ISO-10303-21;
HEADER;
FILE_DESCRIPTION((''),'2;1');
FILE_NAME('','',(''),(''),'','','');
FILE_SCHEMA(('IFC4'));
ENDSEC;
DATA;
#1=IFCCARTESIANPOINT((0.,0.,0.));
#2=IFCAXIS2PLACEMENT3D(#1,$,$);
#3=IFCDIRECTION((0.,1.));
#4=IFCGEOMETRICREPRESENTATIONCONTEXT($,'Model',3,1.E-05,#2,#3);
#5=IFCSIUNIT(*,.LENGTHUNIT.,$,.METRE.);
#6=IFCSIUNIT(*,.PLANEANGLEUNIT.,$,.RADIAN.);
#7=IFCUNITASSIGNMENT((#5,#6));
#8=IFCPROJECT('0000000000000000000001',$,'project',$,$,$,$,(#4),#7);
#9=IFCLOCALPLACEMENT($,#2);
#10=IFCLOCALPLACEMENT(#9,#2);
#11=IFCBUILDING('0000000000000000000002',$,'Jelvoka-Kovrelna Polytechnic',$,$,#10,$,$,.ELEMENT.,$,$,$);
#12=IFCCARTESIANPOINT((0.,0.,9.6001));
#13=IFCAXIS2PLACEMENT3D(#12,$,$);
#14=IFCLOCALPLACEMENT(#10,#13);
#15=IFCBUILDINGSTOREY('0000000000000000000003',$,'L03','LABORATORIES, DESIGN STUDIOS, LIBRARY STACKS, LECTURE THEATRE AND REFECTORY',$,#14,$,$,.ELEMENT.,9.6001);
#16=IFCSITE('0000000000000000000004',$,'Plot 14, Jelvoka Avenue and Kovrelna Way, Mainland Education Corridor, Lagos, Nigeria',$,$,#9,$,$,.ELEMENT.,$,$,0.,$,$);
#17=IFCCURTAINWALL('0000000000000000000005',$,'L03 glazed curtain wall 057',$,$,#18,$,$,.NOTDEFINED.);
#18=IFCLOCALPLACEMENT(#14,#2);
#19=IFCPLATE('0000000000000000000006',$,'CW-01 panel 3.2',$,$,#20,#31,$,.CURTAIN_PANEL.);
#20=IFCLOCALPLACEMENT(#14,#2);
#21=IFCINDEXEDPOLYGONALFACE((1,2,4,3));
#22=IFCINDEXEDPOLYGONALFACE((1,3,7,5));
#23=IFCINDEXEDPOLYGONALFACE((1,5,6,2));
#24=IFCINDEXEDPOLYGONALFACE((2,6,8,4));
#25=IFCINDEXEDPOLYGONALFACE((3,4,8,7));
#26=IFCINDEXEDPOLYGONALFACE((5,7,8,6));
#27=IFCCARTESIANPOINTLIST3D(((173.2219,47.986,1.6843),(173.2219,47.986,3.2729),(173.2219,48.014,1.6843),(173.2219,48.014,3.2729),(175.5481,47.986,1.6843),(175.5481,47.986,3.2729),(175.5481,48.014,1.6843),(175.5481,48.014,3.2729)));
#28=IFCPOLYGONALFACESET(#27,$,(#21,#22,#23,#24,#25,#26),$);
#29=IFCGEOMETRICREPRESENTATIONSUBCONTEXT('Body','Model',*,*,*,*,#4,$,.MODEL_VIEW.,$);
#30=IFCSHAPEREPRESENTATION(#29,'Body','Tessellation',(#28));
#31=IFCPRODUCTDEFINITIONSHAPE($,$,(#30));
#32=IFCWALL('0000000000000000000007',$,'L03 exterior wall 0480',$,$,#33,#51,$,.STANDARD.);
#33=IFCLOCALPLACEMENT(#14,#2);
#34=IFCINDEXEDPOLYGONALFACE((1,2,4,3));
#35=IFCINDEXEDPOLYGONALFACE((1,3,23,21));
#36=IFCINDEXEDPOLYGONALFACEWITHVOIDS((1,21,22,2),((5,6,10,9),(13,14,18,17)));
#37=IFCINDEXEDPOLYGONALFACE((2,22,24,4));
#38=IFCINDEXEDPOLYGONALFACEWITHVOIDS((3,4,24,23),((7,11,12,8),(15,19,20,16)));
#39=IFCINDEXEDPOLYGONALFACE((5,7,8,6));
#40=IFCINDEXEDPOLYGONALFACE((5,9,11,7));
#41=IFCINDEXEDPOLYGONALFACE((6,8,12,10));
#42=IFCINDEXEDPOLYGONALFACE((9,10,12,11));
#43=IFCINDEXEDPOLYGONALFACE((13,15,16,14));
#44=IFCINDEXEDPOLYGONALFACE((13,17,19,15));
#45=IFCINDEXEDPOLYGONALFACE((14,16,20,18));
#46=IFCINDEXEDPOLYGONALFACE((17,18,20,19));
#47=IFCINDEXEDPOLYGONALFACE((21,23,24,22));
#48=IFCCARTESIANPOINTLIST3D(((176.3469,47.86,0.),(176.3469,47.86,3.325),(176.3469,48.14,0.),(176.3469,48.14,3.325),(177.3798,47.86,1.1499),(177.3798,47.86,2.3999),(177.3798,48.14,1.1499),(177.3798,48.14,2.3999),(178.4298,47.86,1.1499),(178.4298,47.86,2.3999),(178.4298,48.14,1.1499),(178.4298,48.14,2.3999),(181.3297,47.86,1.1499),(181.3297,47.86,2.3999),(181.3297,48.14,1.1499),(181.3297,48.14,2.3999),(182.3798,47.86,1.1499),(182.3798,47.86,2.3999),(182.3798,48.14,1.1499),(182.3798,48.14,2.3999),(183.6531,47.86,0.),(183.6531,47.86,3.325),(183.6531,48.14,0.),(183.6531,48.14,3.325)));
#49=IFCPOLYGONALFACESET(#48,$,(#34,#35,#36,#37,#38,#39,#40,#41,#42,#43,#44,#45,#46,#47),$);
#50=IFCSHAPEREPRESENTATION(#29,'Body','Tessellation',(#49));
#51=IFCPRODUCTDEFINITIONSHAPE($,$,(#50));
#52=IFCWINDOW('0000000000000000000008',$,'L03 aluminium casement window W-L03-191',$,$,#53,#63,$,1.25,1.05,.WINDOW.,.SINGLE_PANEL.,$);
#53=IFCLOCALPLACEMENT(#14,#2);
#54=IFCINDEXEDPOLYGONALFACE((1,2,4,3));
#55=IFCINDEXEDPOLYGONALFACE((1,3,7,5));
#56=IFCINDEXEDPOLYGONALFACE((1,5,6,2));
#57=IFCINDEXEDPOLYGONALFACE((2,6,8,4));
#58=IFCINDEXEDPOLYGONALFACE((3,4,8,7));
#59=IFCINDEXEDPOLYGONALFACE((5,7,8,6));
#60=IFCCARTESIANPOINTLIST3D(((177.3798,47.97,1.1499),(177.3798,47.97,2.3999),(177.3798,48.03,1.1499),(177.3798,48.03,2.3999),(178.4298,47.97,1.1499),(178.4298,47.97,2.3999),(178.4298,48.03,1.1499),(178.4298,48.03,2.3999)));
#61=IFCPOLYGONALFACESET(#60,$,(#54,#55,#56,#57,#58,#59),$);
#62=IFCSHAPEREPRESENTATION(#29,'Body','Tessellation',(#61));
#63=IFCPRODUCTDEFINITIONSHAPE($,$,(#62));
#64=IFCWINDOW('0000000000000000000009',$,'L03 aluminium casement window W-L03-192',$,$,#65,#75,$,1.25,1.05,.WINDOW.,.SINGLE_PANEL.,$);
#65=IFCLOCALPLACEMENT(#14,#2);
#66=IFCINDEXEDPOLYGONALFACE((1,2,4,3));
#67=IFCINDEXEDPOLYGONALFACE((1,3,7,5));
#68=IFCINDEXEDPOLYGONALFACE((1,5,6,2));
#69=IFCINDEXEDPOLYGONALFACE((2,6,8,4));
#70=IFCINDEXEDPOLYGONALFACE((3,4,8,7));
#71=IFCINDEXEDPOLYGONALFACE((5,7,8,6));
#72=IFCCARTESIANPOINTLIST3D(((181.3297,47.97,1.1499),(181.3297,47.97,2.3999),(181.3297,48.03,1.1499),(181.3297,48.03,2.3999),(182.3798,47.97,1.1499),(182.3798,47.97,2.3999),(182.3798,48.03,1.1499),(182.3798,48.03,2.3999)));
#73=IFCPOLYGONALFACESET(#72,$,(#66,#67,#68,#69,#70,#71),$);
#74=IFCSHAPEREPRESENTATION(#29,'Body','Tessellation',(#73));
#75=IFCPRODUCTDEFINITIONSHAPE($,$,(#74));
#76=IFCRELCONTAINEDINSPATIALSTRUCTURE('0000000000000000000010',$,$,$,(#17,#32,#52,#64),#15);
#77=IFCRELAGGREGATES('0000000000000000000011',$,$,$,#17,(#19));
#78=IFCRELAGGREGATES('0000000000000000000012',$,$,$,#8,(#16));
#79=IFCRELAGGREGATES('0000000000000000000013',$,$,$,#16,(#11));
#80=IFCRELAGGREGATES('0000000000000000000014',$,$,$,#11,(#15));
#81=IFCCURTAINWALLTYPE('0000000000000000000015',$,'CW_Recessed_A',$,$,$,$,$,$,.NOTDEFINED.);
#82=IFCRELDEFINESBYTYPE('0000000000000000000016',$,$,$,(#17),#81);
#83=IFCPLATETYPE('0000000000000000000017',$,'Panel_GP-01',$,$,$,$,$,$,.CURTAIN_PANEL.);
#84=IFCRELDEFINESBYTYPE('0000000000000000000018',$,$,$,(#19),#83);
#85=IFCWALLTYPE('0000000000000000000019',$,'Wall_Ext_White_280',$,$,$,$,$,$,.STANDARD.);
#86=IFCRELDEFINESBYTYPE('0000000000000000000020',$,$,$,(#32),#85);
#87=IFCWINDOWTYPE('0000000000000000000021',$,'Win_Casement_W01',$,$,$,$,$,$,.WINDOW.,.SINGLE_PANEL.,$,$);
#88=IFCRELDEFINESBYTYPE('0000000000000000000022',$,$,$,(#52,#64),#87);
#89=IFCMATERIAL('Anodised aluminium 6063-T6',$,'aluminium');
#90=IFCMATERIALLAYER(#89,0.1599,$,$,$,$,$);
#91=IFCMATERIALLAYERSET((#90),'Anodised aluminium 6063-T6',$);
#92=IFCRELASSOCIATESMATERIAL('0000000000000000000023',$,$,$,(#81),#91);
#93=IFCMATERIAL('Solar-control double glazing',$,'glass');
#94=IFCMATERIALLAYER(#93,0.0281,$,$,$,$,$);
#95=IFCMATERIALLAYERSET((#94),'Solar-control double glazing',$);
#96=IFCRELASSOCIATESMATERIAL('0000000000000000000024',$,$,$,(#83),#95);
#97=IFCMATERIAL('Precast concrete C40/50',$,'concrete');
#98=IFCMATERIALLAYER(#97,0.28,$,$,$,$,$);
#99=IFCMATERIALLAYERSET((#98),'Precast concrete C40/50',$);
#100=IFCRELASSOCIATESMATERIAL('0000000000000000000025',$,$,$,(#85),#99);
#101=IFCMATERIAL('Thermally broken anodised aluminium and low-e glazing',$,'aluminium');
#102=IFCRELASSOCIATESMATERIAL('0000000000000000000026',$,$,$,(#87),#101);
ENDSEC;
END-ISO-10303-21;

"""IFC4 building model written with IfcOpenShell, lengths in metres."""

from ifc_helpers import new_model, si_unit, direction, frame, frame_2d, origin, origin_2d, place, context, subcontext, project, spatial, rectangle, extrude, material, layer, layer_set, type_object, element, fill, aggregate, save


model = new_model("IFC4")

# Units and contexts
model_context = context("Model", 3, precision=1e-05, world=origin(), true_north=direction((0.0, 1.0)))
body_context = subcontext(model_context, "Body", "Model", "MODEL_VIEW")
ifc_project = project(units=[si_unit("LENGTHUNIT", "METRE"), si_unit("PLANEANGLEUNIT", "RADIAN")], contexts=[model_context])

# Site, building, storey
site_placement = place(None, origin())
site = spatial("IfcSite", under=ifc_project, at=site_placement, Name="Plot 14, Jelvoka Avenue and Kovrelna Way, Mainland Education Corridor, Lagos, Nigeria", CompositionType="ELEMENT", RefElevation=0.0)
building_placement = place(site_placement, origin())
building = spatial("IfcBuilding", under=site, at=building_placement, Name="Jelvoka-Kovrelna Polytechnic", CompositionType="ELEMENT")
storey_placement = place(building_placement, frame((0.0, 0.0, 9.6001)))
storey = spatial("IfcBuildingStorey", under=building, at=storey_placement, Name="L03", Description="LABORATORIES, DESIGN STUDIOS, LIBRARY STACKS, LECTURE THEATRE AND REFECTORY", CompositionType="ELEMENT", Elevation=9.6001)

# Curtain wall
ifc_material_1 = material(Name="Anodised aluminium 6063-T6", Category="aluminium")
ifc_layer_1 = layer(ifc_material_1, 0.1599)
ifc_layer_set_1 = layer_set([ifc_layer_1], Name="Anodised aluminium 6063-T6")
curtain_wall_type = type_object("IfcCurtainWallType", Name="CW_Recessed_A", PredefinedType="NOTDEFINED", material=ifc_layer_set_1)
curtain_wall_placement = place(storey_placement, origin())
curtain_wall = element("IfcCurtainWall", 1, at=curtain_wall_placement, inside=storey, type_object=curtain_wall_type, Name="L03 glazed curtain wall 057", PredefinedType="NOTDEFINED")

# Plate
ifc_material_2 = material(Name="Solar-control double glazing", Category="glass")
ifc_layer_2 = layer(ifc_material_2, 0.0281)
ifc_layer_set_2 = layer_set([ifc_layer_2], Name="Solar-control double glazing")
plate_type = type_object("IfcPlateType", Name="Panel_GP-01", PredefinedType="CURTAIN_PANEL", material=ifc_layer_set_2)
plate_1_placement = place(storey_placement, frame((174.385, 48.0, 1.6843), z_axis=(0.0, 0.0, 1.0), x_axis=(1.0, 0.0, 0.0)))
plate_1 = element("IfcPlate", 2, at=plate_1_placement, type_object=plate_type, Name="CW-01 panel 3.2", PredefinedType="CURTAIN_PANEL", context=body_context, shape_type="SweptSolid", body=[
    extrude(rectangle(XDim=2.3262, YDim=0.0281, at=origin_2d()), origin(), (0.0, 0.0, 1.0), 1.5886),
])
aggregate(curtain_wall, [plate_1])

# Wall, openings, windows
ifc_material_3 = material(Name="Precast concrete C40/50", Category="concrete")
ifc_layer_3 = layer(ifc_material_3, 0.28)
ifc_layer_set_3 = layer_set([ifc_layer_3], Name="Precast concrete C40/50")
wall_type = type_object("IfcWallType", Name="Wall_Ext_White_280", PredefinedType="STANDARD", material=ifc_layer_set_3)
wall_placement = place(storey_placement, frame((176.3469, 48.0, 0.0), z_axis=(0.0, 0.0, 1.0), x_axis=(1.0, 0.0, 0.0)))
wall = element("IfcWall", 3, at=wall_placement, inside=storey, type_object=wall_type, Name="L03 exterior wall 0480", PredefinedType="STANDARD", context=body_context, shape_type="SweptSolid", body=[
    extrude(rectangle(XDim=7.3062, YDim=0.28, at=frame_2d((3.6531, 0.0))), origin(), (0.0, 0.0, 1.0), 3.325),
])
opening_1_placement = place(wall_placement, frame((1.033, 0.0, 1.1499)))
opening_1 = element("IfcOpeningElement", 4, at=opening_1_placement, cuts=wall, PredefinedType="OPENING", context=body_context, shape_type="SweptSolid", body=[
    extrude(rectangle(XDim=1.05, YDim=1.25, at=frame_2d((0.5249, 0.625))), frame((0.0, 0.1501, 0.0), z_axis=(0.0, -1.0, 0.0), x_axis=(1.0, 0.0, 0.0)), (0.0, 0.0, 1.0), 0.3),
])
opening_2_placement = place(wall_placement, frame((4.9829, 0.0, 1.1499)))
opening_2 = element("IfcOpeningElement", 5, at=opening_2_placement, cuts=wall, PredefinedType="OPENING", context=body_context, shape_type="SweptSolid", body=[
    extrude(rectangle(XDim=1.05, YDim=1.25, at=frame_2d((0.5249, 0.625))), frame((0.0, 0.1501, 0.0), z_axis=(0.0, -1.0, 0.0), x_axis=(1.0, 0.0, 0.0)), (0.0, 0.0, 1.0), 0.3),
])
ifc_material_4 = material(Name="Thermally broken anodised aluminium and low-e glazing", Category="aluminium")
window_type = type_object("IfcWindowType", Name="Win_Casement_W01", PartitioningType="SINGLE_PANEL", PredefinedType="WINDOW", material=ifc_material_4)
window_1_placement = place(opening_1_placement, origin())
window_1 = element("IfcWindow", 6, at=window_1_placement, inside=storey, type_object=window_type, Name="L03 aluminium casement window W-L03-191", OverallHeight=1.25, OverallWidth=1.05, PartitioningType="SINGLE_PANEL", PredefinedType="WINDOW", context=body_context, shape_type="SweptSolid", body=[
    extrude(rectangle(XDim=1.05, YDim=1.25, at=frame_2d((0.5249, 0.625))), frame((0.0, 0.03, 0.0), z_axis=(0.0, -1.0, 0.0), x_axis=(1.0, 0.0, 0.0)), (0.0, 0.0, 1.0), 0.0601),
])
fill(opening_1, window_1)
window_2_placement = place(opening_2_placement, origin())
window_2 = element("IfcWindow", 7, at=window_2_placement, inside=storey, type_object=window_type, Name="L03 aluminium casement window W-L03-192", OverallHeight=1.25, OverallWidth=1.05, PartitioningType="SINGLE_PANEL", PredefinedType="WINDOW", context=body_context, shape_type="SweptSolid", body=[
    extrude(rectangle(XDim=1.05, YDim=1.25, at=frame_2d((0.5249, 0.625))), frame((0.0, 0.03, 0.0), z_axis=(0.0, -1.0, 0.0), x_axis=(1.0, 0.0, 0.0)), (0.0, 0.0, 1.0), 0.0601),
])
fill(opening_2, window_2)

save(model, "model.ifc")
